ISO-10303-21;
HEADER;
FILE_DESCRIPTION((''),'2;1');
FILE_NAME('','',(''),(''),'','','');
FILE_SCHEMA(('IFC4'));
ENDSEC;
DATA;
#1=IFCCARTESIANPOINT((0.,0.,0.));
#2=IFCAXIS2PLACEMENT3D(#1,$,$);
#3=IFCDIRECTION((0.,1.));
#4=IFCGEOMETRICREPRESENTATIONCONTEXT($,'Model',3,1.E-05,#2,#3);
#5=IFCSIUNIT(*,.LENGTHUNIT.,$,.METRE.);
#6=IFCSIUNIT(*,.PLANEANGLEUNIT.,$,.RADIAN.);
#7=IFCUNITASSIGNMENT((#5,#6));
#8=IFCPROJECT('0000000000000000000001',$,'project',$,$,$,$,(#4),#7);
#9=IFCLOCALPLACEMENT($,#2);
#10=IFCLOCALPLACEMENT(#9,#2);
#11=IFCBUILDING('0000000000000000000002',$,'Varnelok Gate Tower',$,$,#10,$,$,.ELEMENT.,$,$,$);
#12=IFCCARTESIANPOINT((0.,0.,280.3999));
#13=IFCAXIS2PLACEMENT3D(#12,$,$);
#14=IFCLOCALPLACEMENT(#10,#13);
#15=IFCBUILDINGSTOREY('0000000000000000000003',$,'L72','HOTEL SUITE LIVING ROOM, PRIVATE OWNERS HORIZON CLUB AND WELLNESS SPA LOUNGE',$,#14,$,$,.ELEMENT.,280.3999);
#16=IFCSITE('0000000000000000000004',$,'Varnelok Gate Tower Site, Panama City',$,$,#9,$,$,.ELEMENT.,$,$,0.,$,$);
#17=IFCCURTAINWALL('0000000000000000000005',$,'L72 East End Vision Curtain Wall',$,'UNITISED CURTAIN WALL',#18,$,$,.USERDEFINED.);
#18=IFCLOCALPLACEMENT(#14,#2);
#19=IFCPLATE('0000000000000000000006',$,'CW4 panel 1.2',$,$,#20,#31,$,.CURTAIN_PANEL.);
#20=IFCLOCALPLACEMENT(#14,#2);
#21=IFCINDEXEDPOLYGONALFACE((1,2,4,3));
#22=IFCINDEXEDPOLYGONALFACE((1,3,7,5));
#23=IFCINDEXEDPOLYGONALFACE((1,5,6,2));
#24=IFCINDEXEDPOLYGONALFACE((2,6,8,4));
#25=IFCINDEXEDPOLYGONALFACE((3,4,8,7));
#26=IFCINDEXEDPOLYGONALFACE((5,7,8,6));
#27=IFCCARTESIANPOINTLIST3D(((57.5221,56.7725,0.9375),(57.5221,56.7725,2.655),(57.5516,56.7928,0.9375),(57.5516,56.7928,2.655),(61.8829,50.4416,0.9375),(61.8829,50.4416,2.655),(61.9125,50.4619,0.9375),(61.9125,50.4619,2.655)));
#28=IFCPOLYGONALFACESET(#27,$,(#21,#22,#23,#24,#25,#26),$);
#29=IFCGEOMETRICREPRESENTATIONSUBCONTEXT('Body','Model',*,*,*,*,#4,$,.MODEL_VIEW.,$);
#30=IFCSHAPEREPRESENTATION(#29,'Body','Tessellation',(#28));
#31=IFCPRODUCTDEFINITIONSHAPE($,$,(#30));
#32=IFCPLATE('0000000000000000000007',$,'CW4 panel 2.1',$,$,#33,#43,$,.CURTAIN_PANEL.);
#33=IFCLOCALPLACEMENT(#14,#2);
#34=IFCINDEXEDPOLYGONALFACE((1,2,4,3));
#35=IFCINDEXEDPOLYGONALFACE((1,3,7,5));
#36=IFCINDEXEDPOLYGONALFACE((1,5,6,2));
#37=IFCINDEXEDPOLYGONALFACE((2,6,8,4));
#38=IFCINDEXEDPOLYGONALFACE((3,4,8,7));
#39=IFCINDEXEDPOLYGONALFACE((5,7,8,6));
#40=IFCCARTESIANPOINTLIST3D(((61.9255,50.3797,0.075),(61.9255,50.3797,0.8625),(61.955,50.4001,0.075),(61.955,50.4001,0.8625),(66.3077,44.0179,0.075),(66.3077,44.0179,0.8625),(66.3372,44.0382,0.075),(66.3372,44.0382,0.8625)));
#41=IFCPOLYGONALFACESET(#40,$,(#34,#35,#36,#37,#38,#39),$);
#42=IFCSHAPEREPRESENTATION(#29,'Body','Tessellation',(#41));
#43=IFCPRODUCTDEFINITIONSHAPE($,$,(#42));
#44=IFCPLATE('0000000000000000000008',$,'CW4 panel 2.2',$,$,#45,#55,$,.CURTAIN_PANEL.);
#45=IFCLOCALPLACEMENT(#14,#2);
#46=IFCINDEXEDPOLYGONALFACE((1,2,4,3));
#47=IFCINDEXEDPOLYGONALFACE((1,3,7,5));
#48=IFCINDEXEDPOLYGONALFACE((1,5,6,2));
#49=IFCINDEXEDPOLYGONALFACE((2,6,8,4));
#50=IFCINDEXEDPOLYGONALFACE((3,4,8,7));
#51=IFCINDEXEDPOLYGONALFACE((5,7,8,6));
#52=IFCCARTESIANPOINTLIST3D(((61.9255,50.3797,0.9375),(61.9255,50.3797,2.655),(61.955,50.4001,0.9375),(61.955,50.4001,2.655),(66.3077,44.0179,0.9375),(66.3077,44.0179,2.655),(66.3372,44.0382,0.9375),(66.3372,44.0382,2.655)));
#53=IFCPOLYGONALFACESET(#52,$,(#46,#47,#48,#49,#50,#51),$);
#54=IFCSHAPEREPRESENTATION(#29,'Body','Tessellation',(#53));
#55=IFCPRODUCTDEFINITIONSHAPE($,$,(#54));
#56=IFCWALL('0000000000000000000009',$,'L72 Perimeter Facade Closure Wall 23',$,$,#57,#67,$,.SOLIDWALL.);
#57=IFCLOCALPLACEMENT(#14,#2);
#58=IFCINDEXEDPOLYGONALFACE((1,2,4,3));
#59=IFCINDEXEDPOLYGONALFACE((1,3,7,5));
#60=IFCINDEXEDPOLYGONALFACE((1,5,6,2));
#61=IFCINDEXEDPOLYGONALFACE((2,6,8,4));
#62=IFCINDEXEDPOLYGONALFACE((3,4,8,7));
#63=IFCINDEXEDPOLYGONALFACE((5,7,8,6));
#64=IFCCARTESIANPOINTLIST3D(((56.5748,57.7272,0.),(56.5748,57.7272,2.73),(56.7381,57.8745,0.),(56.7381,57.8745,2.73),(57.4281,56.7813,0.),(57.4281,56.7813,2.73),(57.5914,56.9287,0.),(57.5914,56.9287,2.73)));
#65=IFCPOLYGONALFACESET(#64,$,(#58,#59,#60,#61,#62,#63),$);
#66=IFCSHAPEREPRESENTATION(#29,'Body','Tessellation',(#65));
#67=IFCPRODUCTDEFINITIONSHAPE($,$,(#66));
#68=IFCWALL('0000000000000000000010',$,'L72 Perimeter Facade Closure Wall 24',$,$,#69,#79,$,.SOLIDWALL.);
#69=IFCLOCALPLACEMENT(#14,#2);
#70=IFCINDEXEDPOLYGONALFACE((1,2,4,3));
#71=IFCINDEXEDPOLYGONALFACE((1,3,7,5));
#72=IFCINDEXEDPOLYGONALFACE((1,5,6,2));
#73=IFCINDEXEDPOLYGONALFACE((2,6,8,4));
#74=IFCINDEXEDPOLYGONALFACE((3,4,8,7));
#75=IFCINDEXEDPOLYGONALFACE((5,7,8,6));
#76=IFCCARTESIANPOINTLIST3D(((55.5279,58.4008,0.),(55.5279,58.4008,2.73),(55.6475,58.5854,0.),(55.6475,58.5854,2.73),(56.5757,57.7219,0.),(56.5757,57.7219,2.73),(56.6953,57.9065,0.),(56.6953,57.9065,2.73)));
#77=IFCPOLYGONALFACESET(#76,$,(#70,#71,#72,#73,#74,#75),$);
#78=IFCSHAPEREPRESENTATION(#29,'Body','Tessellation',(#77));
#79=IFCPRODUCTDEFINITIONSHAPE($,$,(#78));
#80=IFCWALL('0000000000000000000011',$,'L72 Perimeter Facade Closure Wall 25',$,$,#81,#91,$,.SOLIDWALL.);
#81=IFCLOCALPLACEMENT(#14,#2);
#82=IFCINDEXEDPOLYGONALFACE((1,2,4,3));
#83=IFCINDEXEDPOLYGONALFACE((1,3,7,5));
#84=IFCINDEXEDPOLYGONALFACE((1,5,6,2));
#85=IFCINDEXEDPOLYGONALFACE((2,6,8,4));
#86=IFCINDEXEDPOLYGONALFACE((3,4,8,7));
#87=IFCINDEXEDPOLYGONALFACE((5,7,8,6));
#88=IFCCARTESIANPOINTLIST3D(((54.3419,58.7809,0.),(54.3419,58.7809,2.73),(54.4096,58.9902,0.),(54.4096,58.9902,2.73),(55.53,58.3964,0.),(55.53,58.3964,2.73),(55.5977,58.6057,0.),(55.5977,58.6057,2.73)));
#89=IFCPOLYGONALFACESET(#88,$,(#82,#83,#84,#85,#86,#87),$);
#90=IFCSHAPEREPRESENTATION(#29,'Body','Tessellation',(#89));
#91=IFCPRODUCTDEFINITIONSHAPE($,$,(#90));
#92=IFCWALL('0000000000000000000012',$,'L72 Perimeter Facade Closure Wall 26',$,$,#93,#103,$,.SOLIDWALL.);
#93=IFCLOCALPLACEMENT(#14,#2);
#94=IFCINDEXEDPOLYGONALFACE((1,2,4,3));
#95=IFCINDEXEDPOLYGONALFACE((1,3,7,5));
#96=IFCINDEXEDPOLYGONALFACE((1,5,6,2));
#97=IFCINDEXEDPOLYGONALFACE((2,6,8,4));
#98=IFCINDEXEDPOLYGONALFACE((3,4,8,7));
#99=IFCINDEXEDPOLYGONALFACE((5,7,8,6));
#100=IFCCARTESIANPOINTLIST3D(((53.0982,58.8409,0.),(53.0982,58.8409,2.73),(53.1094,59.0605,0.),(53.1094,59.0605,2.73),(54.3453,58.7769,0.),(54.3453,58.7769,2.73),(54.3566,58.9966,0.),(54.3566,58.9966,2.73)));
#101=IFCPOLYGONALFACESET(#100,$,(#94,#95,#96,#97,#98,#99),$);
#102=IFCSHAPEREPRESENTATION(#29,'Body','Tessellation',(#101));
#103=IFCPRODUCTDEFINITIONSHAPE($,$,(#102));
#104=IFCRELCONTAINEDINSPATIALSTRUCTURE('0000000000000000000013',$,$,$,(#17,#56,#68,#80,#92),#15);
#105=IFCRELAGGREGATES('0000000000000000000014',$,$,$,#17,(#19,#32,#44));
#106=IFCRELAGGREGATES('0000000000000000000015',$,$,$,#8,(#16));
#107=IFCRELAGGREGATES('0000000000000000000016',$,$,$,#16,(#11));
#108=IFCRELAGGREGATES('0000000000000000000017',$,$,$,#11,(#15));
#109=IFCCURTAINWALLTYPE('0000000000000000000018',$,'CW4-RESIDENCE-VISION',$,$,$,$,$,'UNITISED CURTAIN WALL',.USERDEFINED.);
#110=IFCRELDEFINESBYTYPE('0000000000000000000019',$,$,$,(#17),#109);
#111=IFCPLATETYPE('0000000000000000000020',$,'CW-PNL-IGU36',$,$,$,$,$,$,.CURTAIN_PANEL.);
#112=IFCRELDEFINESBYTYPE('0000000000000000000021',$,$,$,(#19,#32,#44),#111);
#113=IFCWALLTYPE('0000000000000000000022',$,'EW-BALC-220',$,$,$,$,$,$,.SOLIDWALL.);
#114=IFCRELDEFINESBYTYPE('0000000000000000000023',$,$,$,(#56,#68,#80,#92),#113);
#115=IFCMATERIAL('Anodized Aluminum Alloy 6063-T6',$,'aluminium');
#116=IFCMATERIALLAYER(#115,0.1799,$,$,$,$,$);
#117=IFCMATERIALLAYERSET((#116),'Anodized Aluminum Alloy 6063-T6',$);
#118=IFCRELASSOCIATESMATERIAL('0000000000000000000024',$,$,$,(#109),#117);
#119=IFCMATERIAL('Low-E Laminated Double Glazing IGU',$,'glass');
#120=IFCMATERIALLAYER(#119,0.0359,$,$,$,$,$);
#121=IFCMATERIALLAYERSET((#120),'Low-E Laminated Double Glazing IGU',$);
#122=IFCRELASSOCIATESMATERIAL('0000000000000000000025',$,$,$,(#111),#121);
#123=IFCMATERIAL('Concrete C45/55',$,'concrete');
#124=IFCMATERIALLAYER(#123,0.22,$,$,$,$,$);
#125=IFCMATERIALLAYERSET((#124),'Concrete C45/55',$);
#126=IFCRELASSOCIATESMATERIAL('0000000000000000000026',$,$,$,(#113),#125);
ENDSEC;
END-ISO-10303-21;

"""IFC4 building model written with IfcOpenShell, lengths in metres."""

from ifc_helpers import new_model, si_unit, direction, frame, frame_2d, origin, origin_2d, place, context, subcontext, project, spatial, rectangle, extrude, source, transform, mapped, material, layer, layer_set, type_object, element, aggregate, save


model = new_model("IFC4")

# Units and contexts
model_context = context("Model", 3, precision=1e-05, world=origin(), true_north=direction((0.0, 1.0)))
body_context = subcontext(model_context, "Body", "Model", "MODEL_VIEW")
ifc_project = project(units=[si_unit("LENGTHUNIT", "METRE"), si_unit("PLANEANGLEUNIT", "RADIAN")], contexts=[model_context])

# Site, building, storey
site_placement = place(None, origin())
site = spatial("IfcSite", under=ifc_project, at=site_placement, Name="Varnelok Gate Tower Site, Panama City", CompositionType="ELEMENT", RefElevation=0.0)
building_placement = place(site_placement, origin())
building = spatial("IfcBuilding", under=site, at=building_placement, Name="Varnelok Gate Tower", CompositionType="ELEMENT")
storey_placement = place(building_placement, frame((0.0, 0.0, 280.3999)))
storey = spatial("IfcBuildingStorey", under=building, at=storey_placement, Name="L72", Description="HOTEL SUITE LIVING ROOM, PRIVATE OWNERS HORIZON CLUB AND WELLNESS SPA LOUNGE", CompositionType="ELEMENT", Elevation=280.3999)

# Curtain wall, plates
ifc_material_1 = material(Name="Anodized Aluminum Alloy 6063-T6", Category="aluminium")
ifc_layer_1 = layer(ifc_material_1, 0.1799)
ifc_layer_set_1 = layer_set([ifc_layer_1], Name="Anodized Aluminum Alloy 6063-T6")
curtain_wall_type = type_object("IfcCurtainWallType", Name="CW4-RESIDENCE-VISION", ElementType="UNITISED CURTAIN WALL", PredefinedType="USERDEFINED", material=ifc_layer_set_1)
curtain_wall_placement = place(storey_placement, origin())
curtain_wall = element("IfcCurtainWall", 1, at=curtain_wall_placement, inside=storey, type_object=curtain_wall_type, Name="L72 East End Vision Curtain Wall", ObjectType="UNITISED CURTAIN WALL", PredefinedType="USERDEFINED")
ifc_material_2 = material(Name="Low-E Laminated Double Glazing IGU", Category="glass")
ifc_layer_2 = layer(ifc_material_2, 0.0359)
ifc_layer_set_2 = layer_set([ifc_layer_2], Name="Low-E Laminated Double Glazing IGU")
plate_type = type_object("IfcPlateType", Name="CW-PNL-IGU36", PredefinedType="CURTAIN_PANEL", material=ifc_layer_set_2)
shared_shape_1 = source(origin(), body_context, "Body", "SweptSolid", [
    extrude(rectangle(XDim=7.6875, YDim=0.0359, at=origin_2d()), origin(), (0.0, 0.0, 1.0), 1.7175),
])
plate_1_placement = place(storey_placement, frame((59.7173, 53.6172, 0.9375), z_axis=(0.0, 0.0, 1.0), x_axis=(0.567269, -0.823532, 0.0)))
plate_1 = element("IfcPlate", 2, at=plate_1_placement, type_object=plate_type, Name="CW4 panel 1.2", PredefinedType="CURTAIN_PANEL", context=body_context, shape_type="MappedRepresentation", body=[
    mapped(shared_shape_1, transform((0.0, 0.0, 0.0), scale=1.0)),
])
shared_shape_2 = source(origin(), body_context, "Body", "SweptSolid", [
    extrude(rectangle(XDim=7.7251, YDim=0.0359, at=origin_2d()), origin(), (0.0, 0.0, 1.0), 0.7876),
])
plate_2_placement = place(storey_placement, frame((64.1313, 47.209, 0.075), z_axis=(0.0, 0.0, 1.0), x_axis=(0.567269, -0.823532, 0.0)))
plate_2 = element("IfcPlate", 3, at=plate_2_placement, type_object=plate_type, Name="CW4 panel 2.1", PredefinedType="CURTAIN_PANEL", context=body_context, shape_type="MappedRepresentation", body=[
    mapped(shared_shape_2, transform((0.0, 0.0, 0.0), scale=1.0)),
])
shared_shape_3 = source(origin(), body_context, "Body", "SweptSolid", [
    extrude(rectangle(XDim=7.7251, YDim=0.0359, at=origin_2d()), origin(), (0.0, 0.0, 1.0), 1.7175),
])
plate_3_placement = place(storey_placement, frame((64.1313, 47.209, 0.9375), z_axis=(0.0, 0.0, 1.0), x_axis=(0.567269, -0.823532, 0.0)))
plate_3 = element("IfcPlate", 4, at=plate_3_placement, type_object=plate_type, Name="CW4 panel 2.2", PredefinedType="CURTAIN_PANEL", context=body_context, shape_type="MappedRepresentation", body=[
    mapped(shared_shape_3, transform((0.0, 0.0, 0.0), scale=1.0)),
])
aggregate(curtain_wall, [plate_1, plate_2, plate_3])

# Walls
ifc_material_3 = material(Name="Concrete C45/55", Category="concrete")
ifc_layer_3 = layer(ifc_material_3, 0.22)
ifc_layer_set_3 = layer_set([ifc_layer_3], Name="Concrete C45/55")
wall_type = type_object("IfcWallType", Name="EW-BALC-220", PredefinedType="SOLIDWALL", material=ifc_layer_set_3)
wall_1_placement = place(storey_placement, frame((57.5098, 56.855, 0.0), z_axis=(0.0, 0.0, 1.0), x_axis=(-0.669854, 0.742493, 0.0)))
element("IfcWall", 5, at=wall_1_placement, inside=storey, type_object=wall_type, Name="L72 Perimeter Facade Closure Wall 23", PredefinedType="SOLIDWALL", context=body_context, shape_type="SweptSolid", body=[
    extrude(rectangle(XDim=1.2739, YDim=0.22, at=frame_2d((0.637, 0.0))), origin(), (0.0, 0.0, 1.0), 2.73),
])
wall_2_placement = place(storey_placement, frame((56.6355, 57.8142, 0.0), z_axis=(0.0, 0.0, 1.0), x_axis=(-0.839229, 0.543778, 0.0)))
element("IfcWall", 6, at=wall_2_placement, inside=storey, type_object=wall_type, Name="L72 Perimeter Facade Closure Wall 24", PredefinedType="SOLIDWALL", context=body_context, shape_type="SweptSolid", body=[
    extrude(rectangle(XDim=1.2485, YDim=0.22, at=frame_2d((0.6243, 0.0))), origin(), (0.0, 0.0, 1.0), 2.73),
])
for number, where, z_axis, x_axis, name in (
    (7, (55.564, 58.501, 0.0), (0.0, 0.0, 1.0), (-0.951404, 0.307945, 0.0), "L72 Perimeter Facade Closure Wall 25"),
    (8, (54.3511, 58.8867, 0.0), (0.0, 0.0, 1.0), (-0.998687, 0.051225, 0.0), "L72 Perimeter Facade Closure Wall 26"),
):
    element("IfcWall", number, at=place(storey_placement, frame(where, z_axis=z_axis, x_axis=x_axis)), inside=storey, type_object=wall_type, Name=name, PredefinedType="SOLIDWALL", context=body_context, shape_type="SweptSolid", body=[
        extrude(rectangle(XDim=1.2488, YDim=0.22, at=frame_2d((0.6245, 0.0))), origin(), (0.0, 0.0, 1.0), 2.73),
    ])

save(model, "model.ifc")
